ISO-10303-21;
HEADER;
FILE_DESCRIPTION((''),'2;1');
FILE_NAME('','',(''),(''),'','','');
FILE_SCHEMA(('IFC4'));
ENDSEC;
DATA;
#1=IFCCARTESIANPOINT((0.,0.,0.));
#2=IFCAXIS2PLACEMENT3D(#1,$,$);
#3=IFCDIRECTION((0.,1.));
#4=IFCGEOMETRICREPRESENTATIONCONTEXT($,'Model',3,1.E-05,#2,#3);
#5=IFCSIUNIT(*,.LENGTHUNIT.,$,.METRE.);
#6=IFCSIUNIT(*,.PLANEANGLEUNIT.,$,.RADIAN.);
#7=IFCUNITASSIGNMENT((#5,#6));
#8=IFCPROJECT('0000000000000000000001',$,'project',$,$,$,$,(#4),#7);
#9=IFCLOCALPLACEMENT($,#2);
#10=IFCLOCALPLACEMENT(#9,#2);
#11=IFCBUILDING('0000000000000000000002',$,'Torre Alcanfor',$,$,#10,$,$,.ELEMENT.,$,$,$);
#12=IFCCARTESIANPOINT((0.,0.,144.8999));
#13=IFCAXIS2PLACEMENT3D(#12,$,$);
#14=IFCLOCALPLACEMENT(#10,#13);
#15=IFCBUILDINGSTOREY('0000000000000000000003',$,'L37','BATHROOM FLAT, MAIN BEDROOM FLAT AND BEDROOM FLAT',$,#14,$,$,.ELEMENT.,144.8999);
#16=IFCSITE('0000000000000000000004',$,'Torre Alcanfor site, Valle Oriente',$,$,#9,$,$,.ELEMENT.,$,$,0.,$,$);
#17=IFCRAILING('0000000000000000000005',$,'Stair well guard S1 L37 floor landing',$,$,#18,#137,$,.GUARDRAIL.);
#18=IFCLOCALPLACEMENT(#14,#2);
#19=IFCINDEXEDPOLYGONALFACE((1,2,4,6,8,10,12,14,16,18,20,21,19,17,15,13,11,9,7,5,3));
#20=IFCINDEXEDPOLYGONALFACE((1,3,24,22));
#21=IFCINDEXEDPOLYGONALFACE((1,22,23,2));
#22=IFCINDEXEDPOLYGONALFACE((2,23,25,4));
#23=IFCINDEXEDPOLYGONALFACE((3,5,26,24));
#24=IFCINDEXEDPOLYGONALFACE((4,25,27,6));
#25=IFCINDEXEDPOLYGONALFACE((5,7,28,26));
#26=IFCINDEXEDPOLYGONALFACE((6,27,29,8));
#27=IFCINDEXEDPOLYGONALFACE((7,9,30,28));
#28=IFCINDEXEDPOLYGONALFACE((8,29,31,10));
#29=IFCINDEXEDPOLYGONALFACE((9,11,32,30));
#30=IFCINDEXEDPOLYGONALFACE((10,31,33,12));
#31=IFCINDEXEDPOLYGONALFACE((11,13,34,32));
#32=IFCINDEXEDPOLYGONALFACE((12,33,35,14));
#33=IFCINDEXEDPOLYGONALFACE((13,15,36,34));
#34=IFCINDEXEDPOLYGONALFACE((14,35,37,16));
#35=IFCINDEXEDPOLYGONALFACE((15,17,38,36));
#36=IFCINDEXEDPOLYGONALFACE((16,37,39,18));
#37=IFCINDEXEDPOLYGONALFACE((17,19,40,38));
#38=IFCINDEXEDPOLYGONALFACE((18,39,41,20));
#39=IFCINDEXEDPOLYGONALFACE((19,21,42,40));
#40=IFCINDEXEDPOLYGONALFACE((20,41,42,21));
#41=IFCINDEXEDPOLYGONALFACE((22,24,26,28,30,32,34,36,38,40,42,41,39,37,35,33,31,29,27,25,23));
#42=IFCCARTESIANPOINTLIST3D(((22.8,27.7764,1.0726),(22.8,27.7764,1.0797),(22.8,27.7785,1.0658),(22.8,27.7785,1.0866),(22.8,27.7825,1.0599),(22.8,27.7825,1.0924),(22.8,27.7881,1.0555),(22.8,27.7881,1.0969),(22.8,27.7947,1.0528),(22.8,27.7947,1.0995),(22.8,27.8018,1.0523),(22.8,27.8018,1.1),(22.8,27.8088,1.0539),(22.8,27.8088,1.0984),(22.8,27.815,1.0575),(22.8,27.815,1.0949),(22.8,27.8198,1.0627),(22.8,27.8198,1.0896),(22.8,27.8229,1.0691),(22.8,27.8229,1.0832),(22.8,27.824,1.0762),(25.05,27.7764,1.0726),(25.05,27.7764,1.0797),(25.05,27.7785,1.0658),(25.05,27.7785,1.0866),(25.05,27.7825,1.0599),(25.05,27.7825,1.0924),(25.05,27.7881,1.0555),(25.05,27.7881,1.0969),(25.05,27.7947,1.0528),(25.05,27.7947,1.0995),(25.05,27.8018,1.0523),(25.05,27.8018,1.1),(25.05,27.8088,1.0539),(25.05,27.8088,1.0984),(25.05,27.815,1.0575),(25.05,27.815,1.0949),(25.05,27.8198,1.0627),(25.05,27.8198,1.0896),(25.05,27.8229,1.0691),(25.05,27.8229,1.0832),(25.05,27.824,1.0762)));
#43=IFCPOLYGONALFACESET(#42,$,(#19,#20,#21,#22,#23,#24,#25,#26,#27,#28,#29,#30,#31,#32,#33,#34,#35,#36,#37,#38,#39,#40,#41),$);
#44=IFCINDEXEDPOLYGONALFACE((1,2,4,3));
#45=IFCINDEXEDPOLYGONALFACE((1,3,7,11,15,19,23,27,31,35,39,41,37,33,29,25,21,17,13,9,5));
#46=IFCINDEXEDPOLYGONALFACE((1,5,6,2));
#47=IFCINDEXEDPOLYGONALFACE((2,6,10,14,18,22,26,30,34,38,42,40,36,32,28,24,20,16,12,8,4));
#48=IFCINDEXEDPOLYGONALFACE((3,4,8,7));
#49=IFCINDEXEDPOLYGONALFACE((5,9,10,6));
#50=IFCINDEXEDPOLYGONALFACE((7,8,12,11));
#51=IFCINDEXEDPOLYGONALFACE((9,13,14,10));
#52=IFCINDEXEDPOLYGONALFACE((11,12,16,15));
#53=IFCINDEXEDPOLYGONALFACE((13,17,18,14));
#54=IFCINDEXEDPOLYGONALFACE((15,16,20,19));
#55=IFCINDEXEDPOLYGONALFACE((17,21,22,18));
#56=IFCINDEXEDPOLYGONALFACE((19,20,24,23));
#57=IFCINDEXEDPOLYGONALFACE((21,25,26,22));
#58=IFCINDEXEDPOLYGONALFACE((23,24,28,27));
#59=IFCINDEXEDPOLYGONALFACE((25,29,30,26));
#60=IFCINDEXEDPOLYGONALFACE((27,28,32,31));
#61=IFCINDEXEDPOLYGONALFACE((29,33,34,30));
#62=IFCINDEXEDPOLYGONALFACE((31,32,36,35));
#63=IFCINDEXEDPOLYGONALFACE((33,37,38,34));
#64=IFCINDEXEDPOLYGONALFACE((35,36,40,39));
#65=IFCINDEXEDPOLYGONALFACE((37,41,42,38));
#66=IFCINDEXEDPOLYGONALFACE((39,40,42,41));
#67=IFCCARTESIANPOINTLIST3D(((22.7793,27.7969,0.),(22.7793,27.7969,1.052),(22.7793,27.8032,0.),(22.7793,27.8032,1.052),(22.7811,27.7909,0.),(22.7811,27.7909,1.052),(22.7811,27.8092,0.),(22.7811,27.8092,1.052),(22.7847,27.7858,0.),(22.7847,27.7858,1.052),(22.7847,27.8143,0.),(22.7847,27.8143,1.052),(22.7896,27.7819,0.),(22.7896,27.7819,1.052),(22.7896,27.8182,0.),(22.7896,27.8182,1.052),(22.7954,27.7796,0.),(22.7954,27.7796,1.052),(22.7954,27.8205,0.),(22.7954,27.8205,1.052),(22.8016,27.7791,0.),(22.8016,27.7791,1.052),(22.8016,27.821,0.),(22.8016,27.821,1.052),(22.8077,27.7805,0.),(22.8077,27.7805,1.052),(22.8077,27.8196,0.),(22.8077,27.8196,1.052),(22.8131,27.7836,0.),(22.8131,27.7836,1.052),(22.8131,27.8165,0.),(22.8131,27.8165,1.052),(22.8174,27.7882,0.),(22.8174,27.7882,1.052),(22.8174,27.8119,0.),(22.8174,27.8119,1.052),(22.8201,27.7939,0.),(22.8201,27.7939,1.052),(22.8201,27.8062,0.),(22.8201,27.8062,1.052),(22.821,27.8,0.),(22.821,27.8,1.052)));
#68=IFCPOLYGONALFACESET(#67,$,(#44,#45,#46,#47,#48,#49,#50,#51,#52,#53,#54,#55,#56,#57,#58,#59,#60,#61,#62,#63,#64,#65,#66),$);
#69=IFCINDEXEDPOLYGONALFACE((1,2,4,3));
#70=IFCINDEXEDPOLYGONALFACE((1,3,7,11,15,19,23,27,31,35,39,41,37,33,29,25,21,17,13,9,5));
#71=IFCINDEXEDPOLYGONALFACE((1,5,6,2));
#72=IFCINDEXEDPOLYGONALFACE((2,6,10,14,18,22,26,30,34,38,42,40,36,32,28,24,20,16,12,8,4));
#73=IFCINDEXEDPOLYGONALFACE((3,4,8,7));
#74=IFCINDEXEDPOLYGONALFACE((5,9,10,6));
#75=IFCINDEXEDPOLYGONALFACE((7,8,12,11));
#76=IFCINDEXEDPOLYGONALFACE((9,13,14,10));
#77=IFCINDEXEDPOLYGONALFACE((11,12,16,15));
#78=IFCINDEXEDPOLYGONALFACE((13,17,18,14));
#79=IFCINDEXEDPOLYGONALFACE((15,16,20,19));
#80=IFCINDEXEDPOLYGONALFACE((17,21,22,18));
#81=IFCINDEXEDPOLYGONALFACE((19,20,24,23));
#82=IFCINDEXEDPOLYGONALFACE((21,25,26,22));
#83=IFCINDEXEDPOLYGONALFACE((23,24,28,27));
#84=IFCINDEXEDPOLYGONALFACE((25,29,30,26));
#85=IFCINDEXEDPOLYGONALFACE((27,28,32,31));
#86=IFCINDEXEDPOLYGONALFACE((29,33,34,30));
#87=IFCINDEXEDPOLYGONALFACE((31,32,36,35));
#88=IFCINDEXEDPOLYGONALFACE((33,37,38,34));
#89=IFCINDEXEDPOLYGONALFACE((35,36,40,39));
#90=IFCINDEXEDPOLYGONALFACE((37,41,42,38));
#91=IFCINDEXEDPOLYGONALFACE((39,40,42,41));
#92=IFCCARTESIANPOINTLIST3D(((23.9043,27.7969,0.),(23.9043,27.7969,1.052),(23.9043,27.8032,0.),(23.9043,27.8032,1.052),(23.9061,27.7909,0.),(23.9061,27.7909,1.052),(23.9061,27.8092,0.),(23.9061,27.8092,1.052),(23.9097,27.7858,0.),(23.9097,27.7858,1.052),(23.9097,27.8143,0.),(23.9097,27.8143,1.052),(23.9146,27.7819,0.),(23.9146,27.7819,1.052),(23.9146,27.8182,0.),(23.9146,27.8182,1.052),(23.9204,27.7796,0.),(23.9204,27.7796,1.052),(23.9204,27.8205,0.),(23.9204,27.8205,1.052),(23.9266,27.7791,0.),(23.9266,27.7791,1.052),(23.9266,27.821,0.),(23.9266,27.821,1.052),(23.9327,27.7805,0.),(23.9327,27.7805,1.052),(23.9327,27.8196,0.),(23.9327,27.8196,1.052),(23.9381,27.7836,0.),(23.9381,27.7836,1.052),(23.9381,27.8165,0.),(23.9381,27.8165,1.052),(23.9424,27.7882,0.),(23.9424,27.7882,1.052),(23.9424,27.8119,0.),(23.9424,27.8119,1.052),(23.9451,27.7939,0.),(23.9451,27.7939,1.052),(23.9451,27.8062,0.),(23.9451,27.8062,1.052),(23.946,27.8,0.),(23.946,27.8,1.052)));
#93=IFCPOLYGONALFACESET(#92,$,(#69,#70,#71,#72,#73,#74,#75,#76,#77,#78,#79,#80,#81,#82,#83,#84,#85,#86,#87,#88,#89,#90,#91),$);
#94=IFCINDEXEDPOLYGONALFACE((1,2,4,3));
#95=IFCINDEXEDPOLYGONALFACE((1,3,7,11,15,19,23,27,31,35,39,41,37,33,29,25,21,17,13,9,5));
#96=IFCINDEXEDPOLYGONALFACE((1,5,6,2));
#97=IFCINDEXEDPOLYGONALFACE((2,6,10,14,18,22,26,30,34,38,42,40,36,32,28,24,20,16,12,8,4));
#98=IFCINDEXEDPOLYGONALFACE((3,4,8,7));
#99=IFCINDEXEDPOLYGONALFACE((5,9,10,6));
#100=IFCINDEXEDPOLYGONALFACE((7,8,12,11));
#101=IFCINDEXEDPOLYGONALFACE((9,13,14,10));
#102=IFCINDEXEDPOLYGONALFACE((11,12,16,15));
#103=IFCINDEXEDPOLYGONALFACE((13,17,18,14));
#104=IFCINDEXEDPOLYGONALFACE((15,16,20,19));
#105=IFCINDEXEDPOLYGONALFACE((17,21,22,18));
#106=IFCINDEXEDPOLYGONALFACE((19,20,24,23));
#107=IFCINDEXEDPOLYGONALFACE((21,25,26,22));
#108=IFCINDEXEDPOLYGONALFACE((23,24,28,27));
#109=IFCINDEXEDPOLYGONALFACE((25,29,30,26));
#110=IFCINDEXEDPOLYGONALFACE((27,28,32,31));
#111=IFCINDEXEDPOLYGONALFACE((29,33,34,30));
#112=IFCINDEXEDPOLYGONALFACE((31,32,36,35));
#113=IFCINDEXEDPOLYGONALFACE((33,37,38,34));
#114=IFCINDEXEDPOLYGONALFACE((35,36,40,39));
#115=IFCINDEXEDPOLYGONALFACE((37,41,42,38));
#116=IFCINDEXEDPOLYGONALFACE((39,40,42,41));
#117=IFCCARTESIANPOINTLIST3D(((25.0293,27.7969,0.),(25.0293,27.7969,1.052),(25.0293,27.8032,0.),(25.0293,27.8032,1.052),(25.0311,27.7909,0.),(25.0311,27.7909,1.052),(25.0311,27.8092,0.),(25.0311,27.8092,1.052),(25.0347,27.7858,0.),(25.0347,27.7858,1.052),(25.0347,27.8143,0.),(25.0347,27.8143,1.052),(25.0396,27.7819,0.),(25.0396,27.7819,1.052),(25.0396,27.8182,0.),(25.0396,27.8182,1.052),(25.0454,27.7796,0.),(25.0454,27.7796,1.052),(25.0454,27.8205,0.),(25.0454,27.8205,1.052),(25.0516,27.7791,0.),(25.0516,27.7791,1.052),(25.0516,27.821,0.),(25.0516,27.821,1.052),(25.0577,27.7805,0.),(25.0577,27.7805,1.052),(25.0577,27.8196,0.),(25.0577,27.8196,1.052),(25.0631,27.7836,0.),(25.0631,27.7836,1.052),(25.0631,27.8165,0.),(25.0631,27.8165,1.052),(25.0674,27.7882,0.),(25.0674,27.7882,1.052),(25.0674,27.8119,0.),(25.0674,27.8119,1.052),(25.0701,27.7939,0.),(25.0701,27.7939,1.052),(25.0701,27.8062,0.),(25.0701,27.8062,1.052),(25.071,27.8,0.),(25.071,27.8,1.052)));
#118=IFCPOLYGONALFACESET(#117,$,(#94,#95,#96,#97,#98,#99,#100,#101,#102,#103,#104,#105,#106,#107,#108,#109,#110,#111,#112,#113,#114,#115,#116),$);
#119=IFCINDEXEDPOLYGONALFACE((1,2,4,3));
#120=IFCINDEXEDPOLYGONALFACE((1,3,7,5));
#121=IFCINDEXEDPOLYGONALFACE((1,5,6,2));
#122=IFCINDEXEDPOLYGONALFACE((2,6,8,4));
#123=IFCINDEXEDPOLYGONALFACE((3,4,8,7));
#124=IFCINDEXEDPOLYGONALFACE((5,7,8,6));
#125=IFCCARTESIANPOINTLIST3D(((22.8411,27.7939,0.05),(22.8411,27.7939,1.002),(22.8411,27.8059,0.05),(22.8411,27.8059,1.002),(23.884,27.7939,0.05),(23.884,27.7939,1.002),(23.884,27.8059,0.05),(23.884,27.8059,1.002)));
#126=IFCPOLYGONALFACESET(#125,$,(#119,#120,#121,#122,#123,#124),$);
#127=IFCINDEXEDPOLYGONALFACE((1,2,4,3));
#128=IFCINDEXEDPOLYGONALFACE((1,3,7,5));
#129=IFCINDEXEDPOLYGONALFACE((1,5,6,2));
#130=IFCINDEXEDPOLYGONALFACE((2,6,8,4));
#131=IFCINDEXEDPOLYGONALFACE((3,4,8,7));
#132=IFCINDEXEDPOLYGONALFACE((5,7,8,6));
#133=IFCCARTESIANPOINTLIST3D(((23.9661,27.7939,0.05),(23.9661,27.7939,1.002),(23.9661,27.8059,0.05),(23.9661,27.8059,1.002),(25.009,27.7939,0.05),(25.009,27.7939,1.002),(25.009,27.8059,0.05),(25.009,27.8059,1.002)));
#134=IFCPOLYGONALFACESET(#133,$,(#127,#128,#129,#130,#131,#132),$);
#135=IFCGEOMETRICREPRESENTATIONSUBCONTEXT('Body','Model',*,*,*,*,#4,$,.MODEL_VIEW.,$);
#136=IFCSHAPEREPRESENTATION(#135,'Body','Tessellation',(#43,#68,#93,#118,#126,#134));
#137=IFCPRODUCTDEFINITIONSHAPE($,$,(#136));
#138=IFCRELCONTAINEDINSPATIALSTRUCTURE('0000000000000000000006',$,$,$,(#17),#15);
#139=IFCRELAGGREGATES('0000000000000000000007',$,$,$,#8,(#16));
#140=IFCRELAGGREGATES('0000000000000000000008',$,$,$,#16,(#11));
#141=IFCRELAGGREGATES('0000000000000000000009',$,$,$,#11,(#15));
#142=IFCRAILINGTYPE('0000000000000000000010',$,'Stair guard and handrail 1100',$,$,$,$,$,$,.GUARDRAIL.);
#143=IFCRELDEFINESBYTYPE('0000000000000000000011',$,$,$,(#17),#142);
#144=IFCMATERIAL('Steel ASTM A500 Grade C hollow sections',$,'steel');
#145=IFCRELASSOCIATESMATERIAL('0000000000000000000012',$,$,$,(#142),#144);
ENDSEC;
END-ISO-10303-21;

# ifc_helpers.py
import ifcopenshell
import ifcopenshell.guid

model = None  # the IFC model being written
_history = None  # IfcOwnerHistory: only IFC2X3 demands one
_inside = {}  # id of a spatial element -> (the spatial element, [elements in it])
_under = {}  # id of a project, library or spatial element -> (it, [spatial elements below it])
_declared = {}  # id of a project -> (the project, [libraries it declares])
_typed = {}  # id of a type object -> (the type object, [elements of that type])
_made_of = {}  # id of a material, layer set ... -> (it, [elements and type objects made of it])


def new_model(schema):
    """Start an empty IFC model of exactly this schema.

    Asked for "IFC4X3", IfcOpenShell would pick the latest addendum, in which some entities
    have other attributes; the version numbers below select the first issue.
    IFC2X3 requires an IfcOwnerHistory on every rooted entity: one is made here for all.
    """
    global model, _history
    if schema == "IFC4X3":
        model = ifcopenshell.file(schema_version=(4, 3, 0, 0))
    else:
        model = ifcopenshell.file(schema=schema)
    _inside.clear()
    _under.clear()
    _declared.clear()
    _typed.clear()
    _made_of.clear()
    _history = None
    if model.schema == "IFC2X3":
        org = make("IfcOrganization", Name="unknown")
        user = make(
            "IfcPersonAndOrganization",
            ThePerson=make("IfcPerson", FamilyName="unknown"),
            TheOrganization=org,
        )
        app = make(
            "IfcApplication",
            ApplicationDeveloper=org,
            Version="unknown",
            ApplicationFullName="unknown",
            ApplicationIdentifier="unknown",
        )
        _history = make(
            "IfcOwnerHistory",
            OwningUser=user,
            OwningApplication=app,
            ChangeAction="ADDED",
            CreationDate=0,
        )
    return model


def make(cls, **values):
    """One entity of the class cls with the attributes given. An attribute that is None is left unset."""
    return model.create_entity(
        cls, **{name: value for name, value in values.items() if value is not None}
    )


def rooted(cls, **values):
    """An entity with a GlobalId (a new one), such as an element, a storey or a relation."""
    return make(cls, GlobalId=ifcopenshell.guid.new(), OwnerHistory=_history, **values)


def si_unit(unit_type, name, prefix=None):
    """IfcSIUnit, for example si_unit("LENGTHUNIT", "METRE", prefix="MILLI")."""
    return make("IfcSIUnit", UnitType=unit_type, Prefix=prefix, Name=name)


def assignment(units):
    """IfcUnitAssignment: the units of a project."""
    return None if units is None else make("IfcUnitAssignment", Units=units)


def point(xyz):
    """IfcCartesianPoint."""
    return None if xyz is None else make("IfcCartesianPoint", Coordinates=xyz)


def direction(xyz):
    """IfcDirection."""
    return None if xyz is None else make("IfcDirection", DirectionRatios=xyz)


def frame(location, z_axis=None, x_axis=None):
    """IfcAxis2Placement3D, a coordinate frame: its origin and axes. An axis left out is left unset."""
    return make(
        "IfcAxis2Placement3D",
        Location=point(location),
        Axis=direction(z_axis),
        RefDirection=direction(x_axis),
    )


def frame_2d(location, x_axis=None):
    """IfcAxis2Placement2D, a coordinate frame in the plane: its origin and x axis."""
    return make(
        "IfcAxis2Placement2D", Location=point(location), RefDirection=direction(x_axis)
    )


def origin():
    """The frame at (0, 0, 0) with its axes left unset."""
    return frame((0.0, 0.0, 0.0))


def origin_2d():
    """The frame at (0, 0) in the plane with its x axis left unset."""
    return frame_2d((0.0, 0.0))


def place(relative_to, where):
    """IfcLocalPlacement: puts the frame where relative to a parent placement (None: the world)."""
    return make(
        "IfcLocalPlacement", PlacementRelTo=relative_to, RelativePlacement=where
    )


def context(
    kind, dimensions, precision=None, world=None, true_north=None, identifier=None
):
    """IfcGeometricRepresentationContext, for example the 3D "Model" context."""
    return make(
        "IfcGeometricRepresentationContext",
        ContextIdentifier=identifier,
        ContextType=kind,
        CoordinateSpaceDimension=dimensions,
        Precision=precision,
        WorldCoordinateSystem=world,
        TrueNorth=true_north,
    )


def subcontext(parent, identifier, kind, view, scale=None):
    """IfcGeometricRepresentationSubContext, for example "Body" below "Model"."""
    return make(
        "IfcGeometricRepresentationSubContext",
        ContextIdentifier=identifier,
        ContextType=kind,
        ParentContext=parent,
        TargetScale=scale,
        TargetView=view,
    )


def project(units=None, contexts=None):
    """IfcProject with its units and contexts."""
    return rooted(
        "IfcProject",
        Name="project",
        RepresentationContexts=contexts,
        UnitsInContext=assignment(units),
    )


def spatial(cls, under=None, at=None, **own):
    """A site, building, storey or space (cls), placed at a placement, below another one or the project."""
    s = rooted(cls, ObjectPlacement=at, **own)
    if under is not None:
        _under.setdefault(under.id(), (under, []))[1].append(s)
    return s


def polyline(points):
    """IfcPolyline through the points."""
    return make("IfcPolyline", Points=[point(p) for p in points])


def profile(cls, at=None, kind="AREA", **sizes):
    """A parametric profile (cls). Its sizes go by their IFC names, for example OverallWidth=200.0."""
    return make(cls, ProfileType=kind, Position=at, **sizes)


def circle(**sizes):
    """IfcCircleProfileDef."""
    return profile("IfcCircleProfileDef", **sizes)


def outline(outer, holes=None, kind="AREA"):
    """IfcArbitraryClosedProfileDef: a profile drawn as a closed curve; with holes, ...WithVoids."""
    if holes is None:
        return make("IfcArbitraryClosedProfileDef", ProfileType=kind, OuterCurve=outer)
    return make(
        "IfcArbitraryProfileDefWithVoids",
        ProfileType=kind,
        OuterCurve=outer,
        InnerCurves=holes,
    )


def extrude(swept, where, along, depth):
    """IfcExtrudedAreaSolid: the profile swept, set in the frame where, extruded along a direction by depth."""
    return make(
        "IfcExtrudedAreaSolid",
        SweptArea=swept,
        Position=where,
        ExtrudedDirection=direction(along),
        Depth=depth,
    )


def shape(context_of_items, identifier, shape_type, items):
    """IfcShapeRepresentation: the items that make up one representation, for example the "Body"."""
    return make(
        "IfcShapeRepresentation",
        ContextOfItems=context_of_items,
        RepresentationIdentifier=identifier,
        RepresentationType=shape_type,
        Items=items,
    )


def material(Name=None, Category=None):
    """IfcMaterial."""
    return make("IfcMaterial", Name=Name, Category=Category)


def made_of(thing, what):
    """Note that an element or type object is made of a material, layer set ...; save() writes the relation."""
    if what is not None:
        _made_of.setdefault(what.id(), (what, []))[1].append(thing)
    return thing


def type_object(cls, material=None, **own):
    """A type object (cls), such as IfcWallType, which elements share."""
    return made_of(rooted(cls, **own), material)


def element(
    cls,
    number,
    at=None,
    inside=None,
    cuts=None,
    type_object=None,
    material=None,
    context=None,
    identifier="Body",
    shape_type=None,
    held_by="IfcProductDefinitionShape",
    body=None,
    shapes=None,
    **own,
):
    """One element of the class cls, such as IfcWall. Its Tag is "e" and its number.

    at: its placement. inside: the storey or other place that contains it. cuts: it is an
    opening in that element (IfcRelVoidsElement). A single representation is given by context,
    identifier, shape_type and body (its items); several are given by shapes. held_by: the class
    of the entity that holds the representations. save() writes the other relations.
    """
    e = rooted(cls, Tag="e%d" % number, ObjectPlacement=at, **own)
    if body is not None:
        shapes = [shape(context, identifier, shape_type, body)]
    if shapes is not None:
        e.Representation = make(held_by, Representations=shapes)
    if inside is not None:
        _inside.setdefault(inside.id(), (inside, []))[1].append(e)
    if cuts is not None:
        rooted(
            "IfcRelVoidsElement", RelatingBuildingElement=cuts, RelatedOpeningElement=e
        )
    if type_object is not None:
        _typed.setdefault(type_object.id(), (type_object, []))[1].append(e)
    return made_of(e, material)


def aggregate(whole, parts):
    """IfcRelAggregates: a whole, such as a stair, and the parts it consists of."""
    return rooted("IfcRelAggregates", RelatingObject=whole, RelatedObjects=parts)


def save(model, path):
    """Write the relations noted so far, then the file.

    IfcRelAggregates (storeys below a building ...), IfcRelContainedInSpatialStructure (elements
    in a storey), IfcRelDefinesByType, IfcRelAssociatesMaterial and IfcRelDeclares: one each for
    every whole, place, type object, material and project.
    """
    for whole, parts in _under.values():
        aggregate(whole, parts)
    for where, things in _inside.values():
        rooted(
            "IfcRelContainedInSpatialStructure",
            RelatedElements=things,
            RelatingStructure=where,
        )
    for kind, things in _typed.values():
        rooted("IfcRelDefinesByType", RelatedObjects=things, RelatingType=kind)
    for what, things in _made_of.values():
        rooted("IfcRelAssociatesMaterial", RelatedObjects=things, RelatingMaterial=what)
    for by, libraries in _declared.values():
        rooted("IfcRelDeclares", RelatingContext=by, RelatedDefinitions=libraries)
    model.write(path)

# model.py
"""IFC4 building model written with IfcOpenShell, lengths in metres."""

from ifc_helpers import new_model, si_unit, direction, frame, origin, origin_2d, place, context, subcontext, project, spatial, polyline, circle, outline, extrude, material, type_object, element, save


model = new_model("IFC4")

# Units and contexts
model_context = context("Model", 3, precision=1e-05, world=origin(), true_north=direction((0.0, 1.0)))
body_context = subcontext(model_context, "Body", "Model", "MODEL_VIEW")
ifc_project = project(units=[si_unit("LENGTHUNIT", "METRE"), si_unit("PLANEANGLEUNIT", "RADIAN")], contexts=[model_context])

# Site, building, storey
site_placement = place(None, origin())
site = spatial("IfcSite", under=ifc_project, at=site_placement, Name="Torre Alcanfor site, Valle Oriente", CompositionType="ELEMENT", RefElevation=0.0)
building_placement = place(site_placement, origin())
building = spatial("IfcBuilding", under=site, at=building_placement, Name="Torre Alcanfor", CompositionType="ELEMENT")
storey_placement = place(building_placement, frame((0.0, 0.0, 144.8999)))
storey = spatial("IfcBuildingStorey", under=building, at=storey_placement, Name="L37", Description="BATHROOM FLAT, MAIN BEDROOM FLAT AND BEDROOM FLAT", CompositionType="ELEMENT", Elevation=144.8999)

# Railing
ifc_material_1 = material(Name="Steel ASTM A500 Grade C hollow sections", Category="steel")
railing_type_1 = type_object("IfcRailingType", Name="Stair guard and handrail 1100", PredefinedType="GUARDRAIL", material=ifc_material_1)
railing_1_placement = place(storey_placement, frame((22.8, 27.8, 0.0)))
element("IfcRailing", 1, at=railing_1_placement, inside=storey, type_object=railing_type_1, Name="Stair well guard S1 L37 floor landing", PredefinedType="GUARDRAIL", context=body_context, shape_type="SweptSolid", body=[
    extrude(circle(Radius=0.0239, at=origin_2d()), frame((0.0, 0.0, 1.0762), z_axis=(1.0, 0.0, 0.0), x_axis=(0.0, 1.0, 0.0)), (0.0, 0.0, 1.0), 2.25),
    extrude(circle(Radius=0.021, at=origin_2d()), origin(), (0.0, 0.0, 1.0), 1.052),
    extrude(circle(Radius=0.021, at=origin_2d()), frame((1.125, 0.0, 0.0)), (0.0, 0.0, 1.0), 1.052),
    extrude(circle(Radius=0.021, at=origin_2d()), frame((2.25, 0.0, 0.0)), (0.0, 0.0, 1.0), 1.052),
    extrude(outline(polyline([(0.041, 0.05), (1.084, 0.05), (1.084, 1.002), (0.041, 1.002), (0.041, 0.05)])), frame((0.0, 0.0059, 0.0), z_axis=(0.0, -1.0, 0.0), x_axis=(1.0, 0.0, 0.0)), (0.0, 0.0, 1.0), 0.012),
    extrude(outline(polyline([(1.166, 0.05), (2.209, 0.05), (2.209, 1.002), (1.166, 1.002), (1.166, 0.05)])), frame((0.0, 0.0059, 0.0), z_axis=(0.0, -1.0, 0.0), x_axis=(1.0, 0.0, 0.0)), (0.0, 0.0, 1.0), 0.012),
])

save(model, "model.ifc")
